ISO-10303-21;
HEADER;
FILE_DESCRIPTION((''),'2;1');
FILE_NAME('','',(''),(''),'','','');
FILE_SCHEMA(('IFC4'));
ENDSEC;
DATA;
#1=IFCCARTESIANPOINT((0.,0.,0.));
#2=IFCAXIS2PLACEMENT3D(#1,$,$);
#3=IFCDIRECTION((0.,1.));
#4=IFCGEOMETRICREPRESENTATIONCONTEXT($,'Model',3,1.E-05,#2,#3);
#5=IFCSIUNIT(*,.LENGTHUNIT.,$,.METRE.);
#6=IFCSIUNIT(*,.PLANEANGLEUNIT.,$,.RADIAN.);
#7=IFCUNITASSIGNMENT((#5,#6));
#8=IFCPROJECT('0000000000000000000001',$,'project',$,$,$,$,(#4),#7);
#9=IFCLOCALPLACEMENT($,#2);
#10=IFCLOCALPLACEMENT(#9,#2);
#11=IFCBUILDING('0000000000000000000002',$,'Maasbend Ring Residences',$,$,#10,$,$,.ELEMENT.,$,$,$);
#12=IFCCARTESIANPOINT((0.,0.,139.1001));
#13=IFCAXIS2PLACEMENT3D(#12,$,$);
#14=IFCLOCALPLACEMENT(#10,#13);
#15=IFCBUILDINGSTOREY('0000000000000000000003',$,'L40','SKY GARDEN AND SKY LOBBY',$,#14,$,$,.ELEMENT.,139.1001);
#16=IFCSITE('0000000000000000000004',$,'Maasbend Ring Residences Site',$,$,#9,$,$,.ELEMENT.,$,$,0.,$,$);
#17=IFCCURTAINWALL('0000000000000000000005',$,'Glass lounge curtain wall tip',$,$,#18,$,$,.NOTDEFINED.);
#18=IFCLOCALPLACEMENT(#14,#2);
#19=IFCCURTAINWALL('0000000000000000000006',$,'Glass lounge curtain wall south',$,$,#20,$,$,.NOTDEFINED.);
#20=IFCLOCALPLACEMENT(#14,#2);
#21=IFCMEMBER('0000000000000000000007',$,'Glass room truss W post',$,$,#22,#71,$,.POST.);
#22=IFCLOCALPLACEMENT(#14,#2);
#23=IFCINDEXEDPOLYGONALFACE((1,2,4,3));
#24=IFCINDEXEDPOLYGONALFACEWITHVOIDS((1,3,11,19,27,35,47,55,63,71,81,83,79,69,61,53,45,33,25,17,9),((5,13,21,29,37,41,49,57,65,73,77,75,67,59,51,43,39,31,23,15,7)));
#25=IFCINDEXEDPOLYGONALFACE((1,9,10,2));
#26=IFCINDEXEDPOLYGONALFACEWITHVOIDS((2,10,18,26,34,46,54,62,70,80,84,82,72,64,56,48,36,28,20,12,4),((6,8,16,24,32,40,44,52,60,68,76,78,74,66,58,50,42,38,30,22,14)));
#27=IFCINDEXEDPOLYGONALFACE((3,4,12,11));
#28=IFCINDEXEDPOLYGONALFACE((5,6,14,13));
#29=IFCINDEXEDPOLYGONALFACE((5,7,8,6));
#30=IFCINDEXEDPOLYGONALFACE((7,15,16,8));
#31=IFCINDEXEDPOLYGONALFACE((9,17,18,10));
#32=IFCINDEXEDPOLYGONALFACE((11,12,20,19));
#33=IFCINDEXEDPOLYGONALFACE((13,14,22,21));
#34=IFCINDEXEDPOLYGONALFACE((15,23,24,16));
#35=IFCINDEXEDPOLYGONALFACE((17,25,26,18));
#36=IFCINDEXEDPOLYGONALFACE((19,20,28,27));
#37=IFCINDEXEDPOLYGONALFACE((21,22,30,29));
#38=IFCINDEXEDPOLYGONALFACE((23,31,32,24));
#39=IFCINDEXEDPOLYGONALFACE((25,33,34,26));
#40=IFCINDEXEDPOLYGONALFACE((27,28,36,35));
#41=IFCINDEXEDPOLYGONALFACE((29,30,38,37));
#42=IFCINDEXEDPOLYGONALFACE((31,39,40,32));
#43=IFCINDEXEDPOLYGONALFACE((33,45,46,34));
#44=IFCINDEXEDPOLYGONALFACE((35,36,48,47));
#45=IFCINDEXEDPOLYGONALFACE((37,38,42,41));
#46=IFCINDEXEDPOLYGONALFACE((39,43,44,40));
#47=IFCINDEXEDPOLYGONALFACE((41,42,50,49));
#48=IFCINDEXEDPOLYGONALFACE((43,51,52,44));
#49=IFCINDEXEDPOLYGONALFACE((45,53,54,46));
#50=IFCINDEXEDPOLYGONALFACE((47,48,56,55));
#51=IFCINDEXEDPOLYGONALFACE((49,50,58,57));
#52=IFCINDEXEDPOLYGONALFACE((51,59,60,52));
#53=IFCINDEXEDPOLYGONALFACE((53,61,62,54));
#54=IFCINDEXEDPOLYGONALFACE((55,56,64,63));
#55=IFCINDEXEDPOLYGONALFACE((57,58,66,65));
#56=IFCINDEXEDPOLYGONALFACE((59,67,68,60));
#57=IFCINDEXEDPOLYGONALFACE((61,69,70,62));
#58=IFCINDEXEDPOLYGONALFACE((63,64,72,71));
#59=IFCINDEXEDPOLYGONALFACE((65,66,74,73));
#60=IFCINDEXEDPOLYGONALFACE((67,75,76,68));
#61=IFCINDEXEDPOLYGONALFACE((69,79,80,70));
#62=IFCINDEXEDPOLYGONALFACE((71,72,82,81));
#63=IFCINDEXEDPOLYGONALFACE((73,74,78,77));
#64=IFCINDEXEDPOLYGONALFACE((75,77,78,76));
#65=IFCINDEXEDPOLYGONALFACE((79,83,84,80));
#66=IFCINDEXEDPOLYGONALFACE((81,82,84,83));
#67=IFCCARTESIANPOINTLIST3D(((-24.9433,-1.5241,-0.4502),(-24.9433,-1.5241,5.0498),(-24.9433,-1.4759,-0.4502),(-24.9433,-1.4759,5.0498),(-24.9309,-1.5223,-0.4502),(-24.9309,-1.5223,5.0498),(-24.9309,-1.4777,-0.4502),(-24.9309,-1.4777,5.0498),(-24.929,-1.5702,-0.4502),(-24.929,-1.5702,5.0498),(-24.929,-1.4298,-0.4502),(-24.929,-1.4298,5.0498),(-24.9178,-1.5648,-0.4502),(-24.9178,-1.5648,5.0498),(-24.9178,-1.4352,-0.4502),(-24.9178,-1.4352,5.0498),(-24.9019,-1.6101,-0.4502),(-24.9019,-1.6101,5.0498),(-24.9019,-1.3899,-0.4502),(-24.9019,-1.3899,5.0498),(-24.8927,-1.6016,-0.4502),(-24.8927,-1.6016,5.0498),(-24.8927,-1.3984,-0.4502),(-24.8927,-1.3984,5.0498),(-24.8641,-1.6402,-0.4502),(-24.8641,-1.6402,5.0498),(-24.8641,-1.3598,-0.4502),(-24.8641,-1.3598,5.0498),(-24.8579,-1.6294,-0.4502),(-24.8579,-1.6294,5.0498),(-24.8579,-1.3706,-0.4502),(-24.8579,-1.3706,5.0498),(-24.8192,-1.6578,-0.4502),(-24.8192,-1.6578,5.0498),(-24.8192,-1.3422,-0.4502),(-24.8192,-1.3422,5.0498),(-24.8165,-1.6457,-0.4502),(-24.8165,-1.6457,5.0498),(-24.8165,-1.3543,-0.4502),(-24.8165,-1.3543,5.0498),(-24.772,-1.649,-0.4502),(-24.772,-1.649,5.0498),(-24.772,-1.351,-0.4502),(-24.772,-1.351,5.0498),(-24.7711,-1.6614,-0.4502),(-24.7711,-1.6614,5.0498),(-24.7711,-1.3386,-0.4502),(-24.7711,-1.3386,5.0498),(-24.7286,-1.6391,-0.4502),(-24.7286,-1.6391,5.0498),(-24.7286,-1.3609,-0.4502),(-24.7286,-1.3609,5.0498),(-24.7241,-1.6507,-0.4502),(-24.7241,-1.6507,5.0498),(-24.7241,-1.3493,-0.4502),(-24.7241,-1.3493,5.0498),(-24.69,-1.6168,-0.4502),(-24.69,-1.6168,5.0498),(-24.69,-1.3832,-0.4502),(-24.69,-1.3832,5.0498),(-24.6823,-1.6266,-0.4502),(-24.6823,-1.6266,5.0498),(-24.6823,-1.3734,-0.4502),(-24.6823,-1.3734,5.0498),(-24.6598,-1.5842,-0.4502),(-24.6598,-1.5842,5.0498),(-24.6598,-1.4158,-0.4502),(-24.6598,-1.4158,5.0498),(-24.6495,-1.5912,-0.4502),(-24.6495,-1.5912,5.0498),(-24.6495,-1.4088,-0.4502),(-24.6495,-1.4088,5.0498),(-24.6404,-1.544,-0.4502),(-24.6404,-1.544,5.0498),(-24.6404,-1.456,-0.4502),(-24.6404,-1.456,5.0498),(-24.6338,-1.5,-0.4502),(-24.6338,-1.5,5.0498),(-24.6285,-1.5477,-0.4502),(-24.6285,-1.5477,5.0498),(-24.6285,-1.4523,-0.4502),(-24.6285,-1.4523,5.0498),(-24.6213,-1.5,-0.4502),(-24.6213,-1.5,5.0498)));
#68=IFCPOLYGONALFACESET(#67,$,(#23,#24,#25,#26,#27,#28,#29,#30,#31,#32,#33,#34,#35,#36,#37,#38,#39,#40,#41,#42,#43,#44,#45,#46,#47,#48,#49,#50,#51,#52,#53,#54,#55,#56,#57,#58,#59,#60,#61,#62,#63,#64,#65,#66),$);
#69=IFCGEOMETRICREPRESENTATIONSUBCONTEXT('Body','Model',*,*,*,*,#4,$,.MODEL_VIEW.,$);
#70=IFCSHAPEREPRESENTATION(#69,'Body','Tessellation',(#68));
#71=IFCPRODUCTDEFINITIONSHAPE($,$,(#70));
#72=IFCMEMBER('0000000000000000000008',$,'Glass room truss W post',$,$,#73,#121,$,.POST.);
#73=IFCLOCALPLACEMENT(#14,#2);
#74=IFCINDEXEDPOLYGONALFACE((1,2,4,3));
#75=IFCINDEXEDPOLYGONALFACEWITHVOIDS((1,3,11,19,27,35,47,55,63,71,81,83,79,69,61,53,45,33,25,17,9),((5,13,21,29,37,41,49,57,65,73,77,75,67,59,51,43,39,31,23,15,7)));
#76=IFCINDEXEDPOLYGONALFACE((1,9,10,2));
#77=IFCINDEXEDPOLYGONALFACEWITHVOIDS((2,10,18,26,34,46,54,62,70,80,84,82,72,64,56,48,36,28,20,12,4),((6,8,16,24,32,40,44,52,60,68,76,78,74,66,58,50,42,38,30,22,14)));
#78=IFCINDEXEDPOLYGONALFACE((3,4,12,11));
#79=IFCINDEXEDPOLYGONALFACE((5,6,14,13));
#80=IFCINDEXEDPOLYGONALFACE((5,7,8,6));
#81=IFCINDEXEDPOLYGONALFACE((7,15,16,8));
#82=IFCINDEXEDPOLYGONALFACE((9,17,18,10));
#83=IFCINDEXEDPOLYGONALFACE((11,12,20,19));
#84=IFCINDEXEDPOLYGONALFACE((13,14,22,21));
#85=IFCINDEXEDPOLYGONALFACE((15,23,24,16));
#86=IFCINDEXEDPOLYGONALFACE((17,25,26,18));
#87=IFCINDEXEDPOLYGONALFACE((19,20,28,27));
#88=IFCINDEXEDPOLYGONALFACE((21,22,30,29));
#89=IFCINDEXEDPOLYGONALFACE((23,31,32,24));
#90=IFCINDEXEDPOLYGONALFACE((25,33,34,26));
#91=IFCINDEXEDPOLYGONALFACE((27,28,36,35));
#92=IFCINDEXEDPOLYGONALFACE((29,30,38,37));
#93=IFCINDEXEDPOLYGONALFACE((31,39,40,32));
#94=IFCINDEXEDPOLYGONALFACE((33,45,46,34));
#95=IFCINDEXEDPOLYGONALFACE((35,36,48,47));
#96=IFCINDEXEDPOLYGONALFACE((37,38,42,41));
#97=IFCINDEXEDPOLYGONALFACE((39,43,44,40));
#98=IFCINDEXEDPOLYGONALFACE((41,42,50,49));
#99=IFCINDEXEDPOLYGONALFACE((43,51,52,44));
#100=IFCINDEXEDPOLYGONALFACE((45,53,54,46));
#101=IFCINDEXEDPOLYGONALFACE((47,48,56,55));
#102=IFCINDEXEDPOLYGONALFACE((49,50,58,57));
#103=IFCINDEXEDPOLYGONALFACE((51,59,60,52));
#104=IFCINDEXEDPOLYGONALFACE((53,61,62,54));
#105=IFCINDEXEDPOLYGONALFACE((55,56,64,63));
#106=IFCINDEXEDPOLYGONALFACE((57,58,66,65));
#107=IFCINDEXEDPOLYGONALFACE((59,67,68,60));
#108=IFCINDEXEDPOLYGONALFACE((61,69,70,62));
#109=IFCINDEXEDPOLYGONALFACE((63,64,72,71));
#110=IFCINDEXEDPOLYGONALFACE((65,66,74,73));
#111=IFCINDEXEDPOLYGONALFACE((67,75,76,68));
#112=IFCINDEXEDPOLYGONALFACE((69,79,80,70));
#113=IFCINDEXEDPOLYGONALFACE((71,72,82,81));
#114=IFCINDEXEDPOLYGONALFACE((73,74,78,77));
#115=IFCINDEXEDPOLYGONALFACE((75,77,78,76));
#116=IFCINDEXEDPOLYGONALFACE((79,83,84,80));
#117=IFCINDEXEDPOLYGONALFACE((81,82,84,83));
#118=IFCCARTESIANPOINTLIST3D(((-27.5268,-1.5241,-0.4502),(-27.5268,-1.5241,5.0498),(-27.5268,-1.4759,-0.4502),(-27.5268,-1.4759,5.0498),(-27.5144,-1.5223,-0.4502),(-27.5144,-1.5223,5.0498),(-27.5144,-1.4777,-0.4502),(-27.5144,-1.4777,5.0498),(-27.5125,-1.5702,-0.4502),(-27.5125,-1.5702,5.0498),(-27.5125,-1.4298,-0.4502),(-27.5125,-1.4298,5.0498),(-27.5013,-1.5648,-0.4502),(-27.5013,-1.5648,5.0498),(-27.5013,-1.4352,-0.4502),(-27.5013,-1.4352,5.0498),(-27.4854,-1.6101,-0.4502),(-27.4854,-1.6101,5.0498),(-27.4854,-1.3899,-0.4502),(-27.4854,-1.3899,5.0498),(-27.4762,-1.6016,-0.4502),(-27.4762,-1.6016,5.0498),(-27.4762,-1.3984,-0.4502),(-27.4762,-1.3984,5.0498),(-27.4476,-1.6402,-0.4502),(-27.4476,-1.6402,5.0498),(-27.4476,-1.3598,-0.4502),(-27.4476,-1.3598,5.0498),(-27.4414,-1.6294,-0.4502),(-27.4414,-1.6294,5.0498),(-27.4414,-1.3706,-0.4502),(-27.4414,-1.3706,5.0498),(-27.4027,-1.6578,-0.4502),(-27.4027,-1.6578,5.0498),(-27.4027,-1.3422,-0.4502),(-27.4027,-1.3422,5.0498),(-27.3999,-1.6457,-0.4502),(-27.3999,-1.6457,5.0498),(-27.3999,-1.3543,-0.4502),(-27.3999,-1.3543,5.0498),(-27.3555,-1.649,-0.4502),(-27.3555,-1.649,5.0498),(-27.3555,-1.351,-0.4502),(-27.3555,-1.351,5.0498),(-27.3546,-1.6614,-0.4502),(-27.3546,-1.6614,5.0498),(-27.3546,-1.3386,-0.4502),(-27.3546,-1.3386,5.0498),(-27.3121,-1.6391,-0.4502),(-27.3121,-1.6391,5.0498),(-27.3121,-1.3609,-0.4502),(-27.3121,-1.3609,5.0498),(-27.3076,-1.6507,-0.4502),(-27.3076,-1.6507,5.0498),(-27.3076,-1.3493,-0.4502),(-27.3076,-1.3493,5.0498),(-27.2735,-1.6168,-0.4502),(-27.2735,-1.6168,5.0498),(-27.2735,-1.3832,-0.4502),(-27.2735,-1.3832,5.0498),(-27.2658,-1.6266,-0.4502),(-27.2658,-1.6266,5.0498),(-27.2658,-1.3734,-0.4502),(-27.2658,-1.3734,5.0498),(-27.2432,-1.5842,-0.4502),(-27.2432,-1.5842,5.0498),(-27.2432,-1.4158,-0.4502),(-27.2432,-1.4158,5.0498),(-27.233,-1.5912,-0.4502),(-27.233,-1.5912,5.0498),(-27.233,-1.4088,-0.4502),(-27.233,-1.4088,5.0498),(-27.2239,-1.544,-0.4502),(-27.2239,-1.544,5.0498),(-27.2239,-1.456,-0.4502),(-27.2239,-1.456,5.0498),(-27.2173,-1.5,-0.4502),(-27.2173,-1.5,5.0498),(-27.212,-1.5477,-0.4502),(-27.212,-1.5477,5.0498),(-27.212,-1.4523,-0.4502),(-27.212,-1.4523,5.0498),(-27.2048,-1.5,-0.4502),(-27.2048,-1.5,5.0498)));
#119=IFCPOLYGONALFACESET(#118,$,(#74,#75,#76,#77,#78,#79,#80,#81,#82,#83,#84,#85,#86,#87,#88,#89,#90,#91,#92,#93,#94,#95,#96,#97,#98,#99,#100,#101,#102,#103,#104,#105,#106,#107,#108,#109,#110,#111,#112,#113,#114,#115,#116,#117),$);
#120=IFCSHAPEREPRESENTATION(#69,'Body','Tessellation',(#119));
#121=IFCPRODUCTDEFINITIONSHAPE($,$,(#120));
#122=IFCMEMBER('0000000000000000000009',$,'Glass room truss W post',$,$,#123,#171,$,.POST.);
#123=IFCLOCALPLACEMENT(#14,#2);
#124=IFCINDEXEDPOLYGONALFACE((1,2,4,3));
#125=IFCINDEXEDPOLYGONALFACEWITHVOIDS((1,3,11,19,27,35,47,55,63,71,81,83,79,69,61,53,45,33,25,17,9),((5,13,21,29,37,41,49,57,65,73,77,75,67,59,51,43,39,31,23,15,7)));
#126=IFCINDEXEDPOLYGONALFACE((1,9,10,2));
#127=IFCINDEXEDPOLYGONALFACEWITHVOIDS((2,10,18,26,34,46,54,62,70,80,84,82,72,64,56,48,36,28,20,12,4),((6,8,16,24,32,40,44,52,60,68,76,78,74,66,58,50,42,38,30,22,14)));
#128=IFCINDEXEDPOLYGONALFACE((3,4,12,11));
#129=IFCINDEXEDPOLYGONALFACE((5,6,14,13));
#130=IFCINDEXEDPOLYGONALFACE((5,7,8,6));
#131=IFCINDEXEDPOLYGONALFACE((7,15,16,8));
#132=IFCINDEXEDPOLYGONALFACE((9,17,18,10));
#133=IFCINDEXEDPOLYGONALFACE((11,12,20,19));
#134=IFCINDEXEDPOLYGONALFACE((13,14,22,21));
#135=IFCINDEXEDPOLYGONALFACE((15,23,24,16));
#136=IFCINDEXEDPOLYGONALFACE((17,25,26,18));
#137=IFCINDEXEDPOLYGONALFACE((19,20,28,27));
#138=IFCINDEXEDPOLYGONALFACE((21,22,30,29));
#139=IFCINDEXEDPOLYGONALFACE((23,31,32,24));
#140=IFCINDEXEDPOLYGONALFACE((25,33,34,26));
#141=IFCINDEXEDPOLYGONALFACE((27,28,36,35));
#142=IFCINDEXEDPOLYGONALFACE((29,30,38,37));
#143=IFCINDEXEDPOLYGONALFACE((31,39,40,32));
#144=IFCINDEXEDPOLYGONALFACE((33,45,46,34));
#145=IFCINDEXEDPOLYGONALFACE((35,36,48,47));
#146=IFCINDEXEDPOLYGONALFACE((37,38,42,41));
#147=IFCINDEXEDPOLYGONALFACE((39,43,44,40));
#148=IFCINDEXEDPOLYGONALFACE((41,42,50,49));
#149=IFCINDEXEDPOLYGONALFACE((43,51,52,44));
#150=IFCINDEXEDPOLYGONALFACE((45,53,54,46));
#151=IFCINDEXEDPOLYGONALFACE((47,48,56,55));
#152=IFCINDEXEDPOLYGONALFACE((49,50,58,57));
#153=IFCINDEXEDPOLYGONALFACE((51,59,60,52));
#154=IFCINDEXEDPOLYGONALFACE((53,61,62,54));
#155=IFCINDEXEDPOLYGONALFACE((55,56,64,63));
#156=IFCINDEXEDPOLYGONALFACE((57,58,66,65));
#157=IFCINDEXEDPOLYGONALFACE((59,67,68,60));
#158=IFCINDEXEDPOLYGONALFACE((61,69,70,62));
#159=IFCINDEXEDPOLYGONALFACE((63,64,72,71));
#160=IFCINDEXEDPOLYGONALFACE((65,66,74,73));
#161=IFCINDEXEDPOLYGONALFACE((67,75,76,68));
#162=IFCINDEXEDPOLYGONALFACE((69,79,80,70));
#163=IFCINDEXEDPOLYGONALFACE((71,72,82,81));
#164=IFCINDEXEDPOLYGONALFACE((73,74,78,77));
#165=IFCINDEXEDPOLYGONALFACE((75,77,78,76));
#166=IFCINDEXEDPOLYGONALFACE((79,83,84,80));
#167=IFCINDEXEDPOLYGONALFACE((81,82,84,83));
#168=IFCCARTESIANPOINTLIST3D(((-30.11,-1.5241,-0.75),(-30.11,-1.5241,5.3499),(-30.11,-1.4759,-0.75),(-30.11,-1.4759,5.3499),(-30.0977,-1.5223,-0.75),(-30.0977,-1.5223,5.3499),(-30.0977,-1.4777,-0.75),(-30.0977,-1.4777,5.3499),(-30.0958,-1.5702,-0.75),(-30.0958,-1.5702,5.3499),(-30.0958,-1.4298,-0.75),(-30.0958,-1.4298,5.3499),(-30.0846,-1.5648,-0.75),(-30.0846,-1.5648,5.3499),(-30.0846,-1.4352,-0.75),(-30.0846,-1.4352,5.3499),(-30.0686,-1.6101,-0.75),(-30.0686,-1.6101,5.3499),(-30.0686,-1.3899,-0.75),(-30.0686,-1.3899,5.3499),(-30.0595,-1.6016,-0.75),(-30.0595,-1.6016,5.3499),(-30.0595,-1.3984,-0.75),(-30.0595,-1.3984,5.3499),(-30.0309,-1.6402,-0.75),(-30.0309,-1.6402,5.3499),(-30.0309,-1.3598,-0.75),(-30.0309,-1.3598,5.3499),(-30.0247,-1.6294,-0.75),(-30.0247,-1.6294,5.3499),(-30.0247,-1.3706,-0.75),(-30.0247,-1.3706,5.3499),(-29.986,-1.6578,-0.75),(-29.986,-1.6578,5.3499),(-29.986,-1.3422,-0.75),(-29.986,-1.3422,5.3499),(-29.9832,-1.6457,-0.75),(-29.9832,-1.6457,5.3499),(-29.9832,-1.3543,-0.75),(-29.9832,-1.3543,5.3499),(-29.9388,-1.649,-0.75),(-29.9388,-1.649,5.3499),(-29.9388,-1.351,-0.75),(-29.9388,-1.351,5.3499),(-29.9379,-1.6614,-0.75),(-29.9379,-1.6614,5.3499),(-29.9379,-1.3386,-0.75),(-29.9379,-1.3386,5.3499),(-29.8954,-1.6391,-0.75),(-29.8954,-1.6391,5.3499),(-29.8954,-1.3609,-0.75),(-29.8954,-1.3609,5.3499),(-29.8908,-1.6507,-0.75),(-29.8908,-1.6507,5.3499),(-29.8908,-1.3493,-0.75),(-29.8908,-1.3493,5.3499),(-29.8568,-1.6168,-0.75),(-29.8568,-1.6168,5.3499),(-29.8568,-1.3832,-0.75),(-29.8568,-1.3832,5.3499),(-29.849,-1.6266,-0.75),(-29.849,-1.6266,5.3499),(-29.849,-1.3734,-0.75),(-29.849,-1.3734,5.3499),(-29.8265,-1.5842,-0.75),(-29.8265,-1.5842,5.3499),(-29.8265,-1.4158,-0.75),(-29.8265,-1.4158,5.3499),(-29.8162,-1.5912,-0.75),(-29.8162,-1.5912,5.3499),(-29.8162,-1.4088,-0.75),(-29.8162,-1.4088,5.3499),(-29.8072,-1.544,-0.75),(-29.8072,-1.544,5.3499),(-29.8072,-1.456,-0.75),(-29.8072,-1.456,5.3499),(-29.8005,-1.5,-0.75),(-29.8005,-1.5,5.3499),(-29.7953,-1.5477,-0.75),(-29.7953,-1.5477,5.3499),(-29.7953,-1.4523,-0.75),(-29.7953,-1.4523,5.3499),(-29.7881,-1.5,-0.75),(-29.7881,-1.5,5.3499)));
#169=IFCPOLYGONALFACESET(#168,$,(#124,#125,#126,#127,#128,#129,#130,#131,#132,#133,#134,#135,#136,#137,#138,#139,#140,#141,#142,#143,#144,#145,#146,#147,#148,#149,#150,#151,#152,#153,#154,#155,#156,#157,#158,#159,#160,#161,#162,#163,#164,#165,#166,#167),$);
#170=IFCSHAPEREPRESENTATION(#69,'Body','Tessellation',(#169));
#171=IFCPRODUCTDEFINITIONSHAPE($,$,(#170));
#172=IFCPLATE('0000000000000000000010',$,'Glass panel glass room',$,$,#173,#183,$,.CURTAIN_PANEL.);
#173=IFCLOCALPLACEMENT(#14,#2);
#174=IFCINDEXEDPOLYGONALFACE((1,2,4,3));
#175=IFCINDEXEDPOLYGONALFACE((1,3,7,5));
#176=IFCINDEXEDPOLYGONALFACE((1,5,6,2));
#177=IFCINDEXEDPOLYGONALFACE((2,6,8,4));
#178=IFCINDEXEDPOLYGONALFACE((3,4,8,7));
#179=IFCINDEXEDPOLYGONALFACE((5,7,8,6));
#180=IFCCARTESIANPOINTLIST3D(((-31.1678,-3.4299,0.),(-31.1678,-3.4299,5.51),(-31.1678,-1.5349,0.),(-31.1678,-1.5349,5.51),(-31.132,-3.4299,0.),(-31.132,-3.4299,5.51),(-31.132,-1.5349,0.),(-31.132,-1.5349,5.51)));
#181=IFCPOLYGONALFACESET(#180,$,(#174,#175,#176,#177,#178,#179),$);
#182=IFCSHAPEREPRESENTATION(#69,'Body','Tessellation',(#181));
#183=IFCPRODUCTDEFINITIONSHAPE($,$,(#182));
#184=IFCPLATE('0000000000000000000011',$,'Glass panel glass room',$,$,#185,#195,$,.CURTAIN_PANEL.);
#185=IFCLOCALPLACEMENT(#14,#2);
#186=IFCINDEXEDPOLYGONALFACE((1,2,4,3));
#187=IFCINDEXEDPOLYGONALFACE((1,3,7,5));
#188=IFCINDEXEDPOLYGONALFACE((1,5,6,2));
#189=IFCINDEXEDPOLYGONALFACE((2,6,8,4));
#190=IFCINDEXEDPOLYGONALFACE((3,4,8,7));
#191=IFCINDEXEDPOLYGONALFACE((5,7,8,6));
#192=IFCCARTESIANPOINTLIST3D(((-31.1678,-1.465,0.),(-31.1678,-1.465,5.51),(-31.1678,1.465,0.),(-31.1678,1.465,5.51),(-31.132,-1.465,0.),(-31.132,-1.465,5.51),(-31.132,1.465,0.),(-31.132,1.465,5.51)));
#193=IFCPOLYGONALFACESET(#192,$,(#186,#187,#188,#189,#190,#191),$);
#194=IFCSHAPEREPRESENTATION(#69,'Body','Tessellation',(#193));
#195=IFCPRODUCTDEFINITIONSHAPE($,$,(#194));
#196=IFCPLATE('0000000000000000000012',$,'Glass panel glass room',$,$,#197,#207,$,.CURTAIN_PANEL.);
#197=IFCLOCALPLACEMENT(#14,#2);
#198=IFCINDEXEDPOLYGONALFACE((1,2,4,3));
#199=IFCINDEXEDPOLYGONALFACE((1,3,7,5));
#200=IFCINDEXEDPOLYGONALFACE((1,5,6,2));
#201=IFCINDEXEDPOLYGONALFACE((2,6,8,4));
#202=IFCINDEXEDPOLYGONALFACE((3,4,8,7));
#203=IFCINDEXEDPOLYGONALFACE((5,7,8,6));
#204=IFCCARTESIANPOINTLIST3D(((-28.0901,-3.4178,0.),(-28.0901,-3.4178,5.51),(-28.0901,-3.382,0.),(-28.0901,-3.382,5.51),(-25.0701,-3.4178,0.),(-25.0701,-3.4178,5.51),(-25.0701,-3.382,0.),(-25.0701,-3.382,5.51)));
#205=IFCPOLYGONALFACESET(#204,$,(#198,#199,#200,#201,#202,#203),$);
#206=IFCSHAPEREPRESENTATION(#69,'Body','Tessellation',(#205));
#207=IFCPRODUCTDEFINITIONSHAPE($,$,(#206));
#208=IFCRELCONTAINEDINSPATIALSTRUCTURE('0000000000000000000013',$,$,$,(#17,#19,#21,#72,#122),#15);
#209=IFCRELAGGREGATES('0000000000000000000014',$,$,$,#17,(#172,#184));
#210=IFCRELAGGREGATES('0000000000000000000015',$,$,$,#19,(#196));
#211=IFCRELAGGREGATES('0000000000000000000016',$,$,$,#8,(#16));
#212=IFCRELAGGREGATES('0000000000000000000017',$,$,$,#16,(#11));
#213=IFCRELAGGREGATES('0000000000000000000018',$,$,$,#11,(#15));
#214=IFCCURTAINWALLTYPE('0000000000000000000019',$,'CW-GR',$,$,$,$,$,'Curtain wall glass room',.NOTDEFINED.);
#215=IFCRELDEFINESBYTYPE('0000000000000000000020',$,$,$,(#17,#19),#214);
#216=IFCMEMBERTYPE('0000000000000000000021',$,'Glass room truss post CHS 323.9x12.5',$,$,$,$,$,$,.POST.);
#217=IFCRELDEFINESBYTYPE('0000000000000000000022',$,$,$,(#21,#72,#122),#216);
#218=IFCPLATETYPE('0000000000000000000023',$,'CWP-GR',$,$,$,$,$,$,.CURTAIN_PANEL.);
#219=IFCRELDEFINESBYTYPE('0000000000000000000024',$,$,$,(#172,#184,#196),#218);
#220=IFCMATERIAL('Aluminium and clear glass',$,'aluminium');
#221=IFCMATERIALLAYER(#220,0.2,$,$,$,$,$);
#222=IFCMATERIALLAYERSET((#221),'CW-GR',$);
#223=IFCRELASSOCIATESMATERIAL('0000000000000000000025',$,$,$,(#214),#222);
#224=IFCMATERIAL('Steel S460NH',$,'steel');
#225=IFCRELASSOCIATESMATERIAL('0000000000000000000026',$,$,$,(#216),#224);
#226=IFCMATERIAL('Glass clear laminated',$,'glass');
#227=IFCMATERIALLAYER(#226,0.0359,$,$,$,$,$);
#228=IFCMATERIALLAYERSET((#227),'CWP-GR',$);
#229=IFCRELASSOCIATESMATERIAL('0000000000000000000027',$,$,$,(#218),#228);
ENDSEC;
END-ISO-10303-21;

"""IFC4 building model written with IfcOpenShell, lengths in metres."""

from ifc_helpers import new_model, si_unit, direction, frame, origin, origin_2d, place, context, subcontext, project, spatial, rectangle, hollow_circle, extrude, material, layer, layer_set, material_profile, profile_set, type_object, element, aggregate, save


model = new_model("IFC4")

# Units and contexts
model_context = context("Model", 3, precision=1e-05, world=origin(), true_north=direction((0.0, 1.0)))
body_context = subcontext(model_context, "Body", "Model", "MODEL_VIEW")
ifc_project = project(units=[si_unit("LENGTHUNIT", "METRE"), si_unit("PLANEANGLEUNIT", "RADIAN")], contexts=[model_context])

# Site, building, storey
site_placement = place(None, origin())
site = spatial("IfcSite", under=ifc_project, at=site_placement, Name="Maasbend Ring Residences Site", CompositionType="ELEMENT", RefElevation=0.0)
building_placement = place(site_placement, origin())
building = spatial("IfcBuilding", under=site, at=building_placement, Name="Maasbend Ring Residences", CompositionType="ELEMENT")
storey_placement = place(building_placement, frame((0.0, 0.0, 139.1001)))
storey = spatial("IfcBuildingStorey", under=building, at=storey_placement, Name="L40", Description="SKY GARDEN AND SKY LOBBY", CompositionType="ELEMENT", Elevation=139.1001)

# Curtain wall
ifc_material_1 = material(Name="Aluminium and clear glass", Category="aluminium")
ifc_layer_1 = layer(ifc_material_1, 0.2)
ifc_layer_set_1 = layer_set([ifc_layer_1], Name="CW-GR")
curtain_wall_type = type_object("IfcCurtainWallType", Name="CW-GR", ElementType="Curtain wall glass room", PredefinedType="NOTDEFINED", material=ifc_layer_set_1)
curtain_wall_1_placement = place(storey_placement, origin())
curtain_wall_1 = element("IfcCurtainWall", 1, at=curtain_wall_1_placement, inside=storey, type_object=curtain_wall_type, Name="Glass lounge curtain wall tip", PredefinedType="NOTDEFINED")

# Curtain wall
curtain_wall_2_placement = place(storey_placement, origin())
curtain_wall_2 = element("IfcCurtainWall", 2, at=curtain_wall_2_placement, inside=storey, type_object=curtain_wall_type, Name="Glass lounge curtain wall south", PredefinedType="NOTDEFINED")

# Members
ifc_material_2 = material(Name="Steel S460NH", Category="steel")
ifc_material_profile_1 = material_profile(ifc_material_2, hollow_circle(Radius=0.1619, WallThickness=0.0125, at=origin_2d()), Name="Glass room truss post CHS 323.9x12.5")
ifc_profile_set_1 = profile_set([ifc_material_profile_1], Name="Steel S460NH")
member_type_1 = type_object("IfcMemberType", Name="Glass room truss post CHS 323.9x12.5", PredefinedType="POST", material=ifc_profile_set_1)
for number, where, z_axis, x_axis, name in (
    (3, (-24.7832, -1.5, -0.4502), (0.0, 0.0, 1.0), (1.0, 0.0, 0.0), "Glass room truss W post"),
    (4, (-27.3667, -1.5, -0.4502), (0.0, 0.0, 1.0), (1.0, 0.0, 0.0), "Glass room truss W post"),
):
    element("IfcMember", number, at=place(storey_placement, frame(where, z_axis=z_axis, x_axis=x_axis)), inside=storey, type_object=member_type_1, Name=name, PredefinedType="POST", context=body_context, shape_type="SweptSolid", body=[
        extrude(hollow_circle(Radius=0.1619, WallThickness=0.0125, at=origin_2d()), origin(), (0.0, 0.0, 1.0), 5.5),
    ])
member_1_placement = place(storey_placement, frame((-29.95, -1.5, -0.75), z_axis=(0.0, 0.0, 1.0), x_axis=(1.0, 0.0, 0.0)))
element("IfcMember", 5, at=member_1_placement, inside=storey, type_object=member_type_1, Name="Glass room truss W post", PredefinedType="POST", context=body_context, shape_type="SweptSolid", body=[
    extrude(hollow_circle(Radius=0.1619, WallThickness=0.0125, at=origin_2d()), origin(), (0.0, 0.0, 1.0), 6.0999),
])

# Plates
ifc_material_3 = material(Name="Glass clear laminated", Category="glass")
ifc_layer_2 = layer(ifc_material_3, 0.0359)
ifc_layer_set_2 = layer_set([ifc_layer_2], Name="CWP-GR")
plate_type = type_object("IfcPlateType", Name="CWP-GR", PredefinedType="CURTAIN_PANEL", material=ifc_layer_set_2)
plate_1_placement = place(storey_placement, frame((-31.1499, -2.4824, 0.0), z_axis=(0.0, 0.0, 1.0), x_axis=(0.0, 1.0, 0.0)))
plate_1 = element("IfcPlate", 6, at=plate_1_placement, type_object=plate_type, Name="Glass panel glass room", PredefinedType="CURTAIN_PANEL", context=body_context, shape_type="SweptSolid", body=[
    extrude(rectangle(XDim=1.895, YDim=0.0359, at=origin_2d()), origin(), (0.0, 0.0, 1.0), 5.51),
])
plate_2_placement = place(storey_placement, frame((-31.1499, 0.0, 0.0), z_axis=(0.0, 0.0, 1.0), x_axis=(0.0, 1.0, 0.0)))
plate_2 = element("IfcPlate", 7, at=plate_2_placement, type_object=plate_type, Name="Glass panel glass room", PredefinedType="CURTAIN_PANEL", context=body_context, shape_type="SweptSolid", body=[
    extrude(rectangle(XDim=2.9299, YDim=0.0359, at=origin_2d()), origin(), (0.0, 0.0, 1.0), 5.51),
])
aggregate(curtain_wall_1, [plate_1, plate_2])
plate_3_placement = place(storey_placement, frame((-26.5801, -3.3999, 0.0), z_axis=(0.0, 0.0, 1.0), x_axis=(-1.0, 0.0, 0.0)))
plate_3 = element("IfcPlate", 8, at=plate_3_placement, type_object=plate_type, Name="Glass panel glass room", PredefinedType="CURTAIN_PANEL", context=body_context, shape_type="SweptSolid", body=[
    extrude(rectangle(XDim=3.02, YDim=0.0359, at=origin_2d()), origin(), (0.0, 0.0, 1.0), 5.51),
])
aggregate(curtain_wall_2, [plate_3])

save(model, "model.ifc")
